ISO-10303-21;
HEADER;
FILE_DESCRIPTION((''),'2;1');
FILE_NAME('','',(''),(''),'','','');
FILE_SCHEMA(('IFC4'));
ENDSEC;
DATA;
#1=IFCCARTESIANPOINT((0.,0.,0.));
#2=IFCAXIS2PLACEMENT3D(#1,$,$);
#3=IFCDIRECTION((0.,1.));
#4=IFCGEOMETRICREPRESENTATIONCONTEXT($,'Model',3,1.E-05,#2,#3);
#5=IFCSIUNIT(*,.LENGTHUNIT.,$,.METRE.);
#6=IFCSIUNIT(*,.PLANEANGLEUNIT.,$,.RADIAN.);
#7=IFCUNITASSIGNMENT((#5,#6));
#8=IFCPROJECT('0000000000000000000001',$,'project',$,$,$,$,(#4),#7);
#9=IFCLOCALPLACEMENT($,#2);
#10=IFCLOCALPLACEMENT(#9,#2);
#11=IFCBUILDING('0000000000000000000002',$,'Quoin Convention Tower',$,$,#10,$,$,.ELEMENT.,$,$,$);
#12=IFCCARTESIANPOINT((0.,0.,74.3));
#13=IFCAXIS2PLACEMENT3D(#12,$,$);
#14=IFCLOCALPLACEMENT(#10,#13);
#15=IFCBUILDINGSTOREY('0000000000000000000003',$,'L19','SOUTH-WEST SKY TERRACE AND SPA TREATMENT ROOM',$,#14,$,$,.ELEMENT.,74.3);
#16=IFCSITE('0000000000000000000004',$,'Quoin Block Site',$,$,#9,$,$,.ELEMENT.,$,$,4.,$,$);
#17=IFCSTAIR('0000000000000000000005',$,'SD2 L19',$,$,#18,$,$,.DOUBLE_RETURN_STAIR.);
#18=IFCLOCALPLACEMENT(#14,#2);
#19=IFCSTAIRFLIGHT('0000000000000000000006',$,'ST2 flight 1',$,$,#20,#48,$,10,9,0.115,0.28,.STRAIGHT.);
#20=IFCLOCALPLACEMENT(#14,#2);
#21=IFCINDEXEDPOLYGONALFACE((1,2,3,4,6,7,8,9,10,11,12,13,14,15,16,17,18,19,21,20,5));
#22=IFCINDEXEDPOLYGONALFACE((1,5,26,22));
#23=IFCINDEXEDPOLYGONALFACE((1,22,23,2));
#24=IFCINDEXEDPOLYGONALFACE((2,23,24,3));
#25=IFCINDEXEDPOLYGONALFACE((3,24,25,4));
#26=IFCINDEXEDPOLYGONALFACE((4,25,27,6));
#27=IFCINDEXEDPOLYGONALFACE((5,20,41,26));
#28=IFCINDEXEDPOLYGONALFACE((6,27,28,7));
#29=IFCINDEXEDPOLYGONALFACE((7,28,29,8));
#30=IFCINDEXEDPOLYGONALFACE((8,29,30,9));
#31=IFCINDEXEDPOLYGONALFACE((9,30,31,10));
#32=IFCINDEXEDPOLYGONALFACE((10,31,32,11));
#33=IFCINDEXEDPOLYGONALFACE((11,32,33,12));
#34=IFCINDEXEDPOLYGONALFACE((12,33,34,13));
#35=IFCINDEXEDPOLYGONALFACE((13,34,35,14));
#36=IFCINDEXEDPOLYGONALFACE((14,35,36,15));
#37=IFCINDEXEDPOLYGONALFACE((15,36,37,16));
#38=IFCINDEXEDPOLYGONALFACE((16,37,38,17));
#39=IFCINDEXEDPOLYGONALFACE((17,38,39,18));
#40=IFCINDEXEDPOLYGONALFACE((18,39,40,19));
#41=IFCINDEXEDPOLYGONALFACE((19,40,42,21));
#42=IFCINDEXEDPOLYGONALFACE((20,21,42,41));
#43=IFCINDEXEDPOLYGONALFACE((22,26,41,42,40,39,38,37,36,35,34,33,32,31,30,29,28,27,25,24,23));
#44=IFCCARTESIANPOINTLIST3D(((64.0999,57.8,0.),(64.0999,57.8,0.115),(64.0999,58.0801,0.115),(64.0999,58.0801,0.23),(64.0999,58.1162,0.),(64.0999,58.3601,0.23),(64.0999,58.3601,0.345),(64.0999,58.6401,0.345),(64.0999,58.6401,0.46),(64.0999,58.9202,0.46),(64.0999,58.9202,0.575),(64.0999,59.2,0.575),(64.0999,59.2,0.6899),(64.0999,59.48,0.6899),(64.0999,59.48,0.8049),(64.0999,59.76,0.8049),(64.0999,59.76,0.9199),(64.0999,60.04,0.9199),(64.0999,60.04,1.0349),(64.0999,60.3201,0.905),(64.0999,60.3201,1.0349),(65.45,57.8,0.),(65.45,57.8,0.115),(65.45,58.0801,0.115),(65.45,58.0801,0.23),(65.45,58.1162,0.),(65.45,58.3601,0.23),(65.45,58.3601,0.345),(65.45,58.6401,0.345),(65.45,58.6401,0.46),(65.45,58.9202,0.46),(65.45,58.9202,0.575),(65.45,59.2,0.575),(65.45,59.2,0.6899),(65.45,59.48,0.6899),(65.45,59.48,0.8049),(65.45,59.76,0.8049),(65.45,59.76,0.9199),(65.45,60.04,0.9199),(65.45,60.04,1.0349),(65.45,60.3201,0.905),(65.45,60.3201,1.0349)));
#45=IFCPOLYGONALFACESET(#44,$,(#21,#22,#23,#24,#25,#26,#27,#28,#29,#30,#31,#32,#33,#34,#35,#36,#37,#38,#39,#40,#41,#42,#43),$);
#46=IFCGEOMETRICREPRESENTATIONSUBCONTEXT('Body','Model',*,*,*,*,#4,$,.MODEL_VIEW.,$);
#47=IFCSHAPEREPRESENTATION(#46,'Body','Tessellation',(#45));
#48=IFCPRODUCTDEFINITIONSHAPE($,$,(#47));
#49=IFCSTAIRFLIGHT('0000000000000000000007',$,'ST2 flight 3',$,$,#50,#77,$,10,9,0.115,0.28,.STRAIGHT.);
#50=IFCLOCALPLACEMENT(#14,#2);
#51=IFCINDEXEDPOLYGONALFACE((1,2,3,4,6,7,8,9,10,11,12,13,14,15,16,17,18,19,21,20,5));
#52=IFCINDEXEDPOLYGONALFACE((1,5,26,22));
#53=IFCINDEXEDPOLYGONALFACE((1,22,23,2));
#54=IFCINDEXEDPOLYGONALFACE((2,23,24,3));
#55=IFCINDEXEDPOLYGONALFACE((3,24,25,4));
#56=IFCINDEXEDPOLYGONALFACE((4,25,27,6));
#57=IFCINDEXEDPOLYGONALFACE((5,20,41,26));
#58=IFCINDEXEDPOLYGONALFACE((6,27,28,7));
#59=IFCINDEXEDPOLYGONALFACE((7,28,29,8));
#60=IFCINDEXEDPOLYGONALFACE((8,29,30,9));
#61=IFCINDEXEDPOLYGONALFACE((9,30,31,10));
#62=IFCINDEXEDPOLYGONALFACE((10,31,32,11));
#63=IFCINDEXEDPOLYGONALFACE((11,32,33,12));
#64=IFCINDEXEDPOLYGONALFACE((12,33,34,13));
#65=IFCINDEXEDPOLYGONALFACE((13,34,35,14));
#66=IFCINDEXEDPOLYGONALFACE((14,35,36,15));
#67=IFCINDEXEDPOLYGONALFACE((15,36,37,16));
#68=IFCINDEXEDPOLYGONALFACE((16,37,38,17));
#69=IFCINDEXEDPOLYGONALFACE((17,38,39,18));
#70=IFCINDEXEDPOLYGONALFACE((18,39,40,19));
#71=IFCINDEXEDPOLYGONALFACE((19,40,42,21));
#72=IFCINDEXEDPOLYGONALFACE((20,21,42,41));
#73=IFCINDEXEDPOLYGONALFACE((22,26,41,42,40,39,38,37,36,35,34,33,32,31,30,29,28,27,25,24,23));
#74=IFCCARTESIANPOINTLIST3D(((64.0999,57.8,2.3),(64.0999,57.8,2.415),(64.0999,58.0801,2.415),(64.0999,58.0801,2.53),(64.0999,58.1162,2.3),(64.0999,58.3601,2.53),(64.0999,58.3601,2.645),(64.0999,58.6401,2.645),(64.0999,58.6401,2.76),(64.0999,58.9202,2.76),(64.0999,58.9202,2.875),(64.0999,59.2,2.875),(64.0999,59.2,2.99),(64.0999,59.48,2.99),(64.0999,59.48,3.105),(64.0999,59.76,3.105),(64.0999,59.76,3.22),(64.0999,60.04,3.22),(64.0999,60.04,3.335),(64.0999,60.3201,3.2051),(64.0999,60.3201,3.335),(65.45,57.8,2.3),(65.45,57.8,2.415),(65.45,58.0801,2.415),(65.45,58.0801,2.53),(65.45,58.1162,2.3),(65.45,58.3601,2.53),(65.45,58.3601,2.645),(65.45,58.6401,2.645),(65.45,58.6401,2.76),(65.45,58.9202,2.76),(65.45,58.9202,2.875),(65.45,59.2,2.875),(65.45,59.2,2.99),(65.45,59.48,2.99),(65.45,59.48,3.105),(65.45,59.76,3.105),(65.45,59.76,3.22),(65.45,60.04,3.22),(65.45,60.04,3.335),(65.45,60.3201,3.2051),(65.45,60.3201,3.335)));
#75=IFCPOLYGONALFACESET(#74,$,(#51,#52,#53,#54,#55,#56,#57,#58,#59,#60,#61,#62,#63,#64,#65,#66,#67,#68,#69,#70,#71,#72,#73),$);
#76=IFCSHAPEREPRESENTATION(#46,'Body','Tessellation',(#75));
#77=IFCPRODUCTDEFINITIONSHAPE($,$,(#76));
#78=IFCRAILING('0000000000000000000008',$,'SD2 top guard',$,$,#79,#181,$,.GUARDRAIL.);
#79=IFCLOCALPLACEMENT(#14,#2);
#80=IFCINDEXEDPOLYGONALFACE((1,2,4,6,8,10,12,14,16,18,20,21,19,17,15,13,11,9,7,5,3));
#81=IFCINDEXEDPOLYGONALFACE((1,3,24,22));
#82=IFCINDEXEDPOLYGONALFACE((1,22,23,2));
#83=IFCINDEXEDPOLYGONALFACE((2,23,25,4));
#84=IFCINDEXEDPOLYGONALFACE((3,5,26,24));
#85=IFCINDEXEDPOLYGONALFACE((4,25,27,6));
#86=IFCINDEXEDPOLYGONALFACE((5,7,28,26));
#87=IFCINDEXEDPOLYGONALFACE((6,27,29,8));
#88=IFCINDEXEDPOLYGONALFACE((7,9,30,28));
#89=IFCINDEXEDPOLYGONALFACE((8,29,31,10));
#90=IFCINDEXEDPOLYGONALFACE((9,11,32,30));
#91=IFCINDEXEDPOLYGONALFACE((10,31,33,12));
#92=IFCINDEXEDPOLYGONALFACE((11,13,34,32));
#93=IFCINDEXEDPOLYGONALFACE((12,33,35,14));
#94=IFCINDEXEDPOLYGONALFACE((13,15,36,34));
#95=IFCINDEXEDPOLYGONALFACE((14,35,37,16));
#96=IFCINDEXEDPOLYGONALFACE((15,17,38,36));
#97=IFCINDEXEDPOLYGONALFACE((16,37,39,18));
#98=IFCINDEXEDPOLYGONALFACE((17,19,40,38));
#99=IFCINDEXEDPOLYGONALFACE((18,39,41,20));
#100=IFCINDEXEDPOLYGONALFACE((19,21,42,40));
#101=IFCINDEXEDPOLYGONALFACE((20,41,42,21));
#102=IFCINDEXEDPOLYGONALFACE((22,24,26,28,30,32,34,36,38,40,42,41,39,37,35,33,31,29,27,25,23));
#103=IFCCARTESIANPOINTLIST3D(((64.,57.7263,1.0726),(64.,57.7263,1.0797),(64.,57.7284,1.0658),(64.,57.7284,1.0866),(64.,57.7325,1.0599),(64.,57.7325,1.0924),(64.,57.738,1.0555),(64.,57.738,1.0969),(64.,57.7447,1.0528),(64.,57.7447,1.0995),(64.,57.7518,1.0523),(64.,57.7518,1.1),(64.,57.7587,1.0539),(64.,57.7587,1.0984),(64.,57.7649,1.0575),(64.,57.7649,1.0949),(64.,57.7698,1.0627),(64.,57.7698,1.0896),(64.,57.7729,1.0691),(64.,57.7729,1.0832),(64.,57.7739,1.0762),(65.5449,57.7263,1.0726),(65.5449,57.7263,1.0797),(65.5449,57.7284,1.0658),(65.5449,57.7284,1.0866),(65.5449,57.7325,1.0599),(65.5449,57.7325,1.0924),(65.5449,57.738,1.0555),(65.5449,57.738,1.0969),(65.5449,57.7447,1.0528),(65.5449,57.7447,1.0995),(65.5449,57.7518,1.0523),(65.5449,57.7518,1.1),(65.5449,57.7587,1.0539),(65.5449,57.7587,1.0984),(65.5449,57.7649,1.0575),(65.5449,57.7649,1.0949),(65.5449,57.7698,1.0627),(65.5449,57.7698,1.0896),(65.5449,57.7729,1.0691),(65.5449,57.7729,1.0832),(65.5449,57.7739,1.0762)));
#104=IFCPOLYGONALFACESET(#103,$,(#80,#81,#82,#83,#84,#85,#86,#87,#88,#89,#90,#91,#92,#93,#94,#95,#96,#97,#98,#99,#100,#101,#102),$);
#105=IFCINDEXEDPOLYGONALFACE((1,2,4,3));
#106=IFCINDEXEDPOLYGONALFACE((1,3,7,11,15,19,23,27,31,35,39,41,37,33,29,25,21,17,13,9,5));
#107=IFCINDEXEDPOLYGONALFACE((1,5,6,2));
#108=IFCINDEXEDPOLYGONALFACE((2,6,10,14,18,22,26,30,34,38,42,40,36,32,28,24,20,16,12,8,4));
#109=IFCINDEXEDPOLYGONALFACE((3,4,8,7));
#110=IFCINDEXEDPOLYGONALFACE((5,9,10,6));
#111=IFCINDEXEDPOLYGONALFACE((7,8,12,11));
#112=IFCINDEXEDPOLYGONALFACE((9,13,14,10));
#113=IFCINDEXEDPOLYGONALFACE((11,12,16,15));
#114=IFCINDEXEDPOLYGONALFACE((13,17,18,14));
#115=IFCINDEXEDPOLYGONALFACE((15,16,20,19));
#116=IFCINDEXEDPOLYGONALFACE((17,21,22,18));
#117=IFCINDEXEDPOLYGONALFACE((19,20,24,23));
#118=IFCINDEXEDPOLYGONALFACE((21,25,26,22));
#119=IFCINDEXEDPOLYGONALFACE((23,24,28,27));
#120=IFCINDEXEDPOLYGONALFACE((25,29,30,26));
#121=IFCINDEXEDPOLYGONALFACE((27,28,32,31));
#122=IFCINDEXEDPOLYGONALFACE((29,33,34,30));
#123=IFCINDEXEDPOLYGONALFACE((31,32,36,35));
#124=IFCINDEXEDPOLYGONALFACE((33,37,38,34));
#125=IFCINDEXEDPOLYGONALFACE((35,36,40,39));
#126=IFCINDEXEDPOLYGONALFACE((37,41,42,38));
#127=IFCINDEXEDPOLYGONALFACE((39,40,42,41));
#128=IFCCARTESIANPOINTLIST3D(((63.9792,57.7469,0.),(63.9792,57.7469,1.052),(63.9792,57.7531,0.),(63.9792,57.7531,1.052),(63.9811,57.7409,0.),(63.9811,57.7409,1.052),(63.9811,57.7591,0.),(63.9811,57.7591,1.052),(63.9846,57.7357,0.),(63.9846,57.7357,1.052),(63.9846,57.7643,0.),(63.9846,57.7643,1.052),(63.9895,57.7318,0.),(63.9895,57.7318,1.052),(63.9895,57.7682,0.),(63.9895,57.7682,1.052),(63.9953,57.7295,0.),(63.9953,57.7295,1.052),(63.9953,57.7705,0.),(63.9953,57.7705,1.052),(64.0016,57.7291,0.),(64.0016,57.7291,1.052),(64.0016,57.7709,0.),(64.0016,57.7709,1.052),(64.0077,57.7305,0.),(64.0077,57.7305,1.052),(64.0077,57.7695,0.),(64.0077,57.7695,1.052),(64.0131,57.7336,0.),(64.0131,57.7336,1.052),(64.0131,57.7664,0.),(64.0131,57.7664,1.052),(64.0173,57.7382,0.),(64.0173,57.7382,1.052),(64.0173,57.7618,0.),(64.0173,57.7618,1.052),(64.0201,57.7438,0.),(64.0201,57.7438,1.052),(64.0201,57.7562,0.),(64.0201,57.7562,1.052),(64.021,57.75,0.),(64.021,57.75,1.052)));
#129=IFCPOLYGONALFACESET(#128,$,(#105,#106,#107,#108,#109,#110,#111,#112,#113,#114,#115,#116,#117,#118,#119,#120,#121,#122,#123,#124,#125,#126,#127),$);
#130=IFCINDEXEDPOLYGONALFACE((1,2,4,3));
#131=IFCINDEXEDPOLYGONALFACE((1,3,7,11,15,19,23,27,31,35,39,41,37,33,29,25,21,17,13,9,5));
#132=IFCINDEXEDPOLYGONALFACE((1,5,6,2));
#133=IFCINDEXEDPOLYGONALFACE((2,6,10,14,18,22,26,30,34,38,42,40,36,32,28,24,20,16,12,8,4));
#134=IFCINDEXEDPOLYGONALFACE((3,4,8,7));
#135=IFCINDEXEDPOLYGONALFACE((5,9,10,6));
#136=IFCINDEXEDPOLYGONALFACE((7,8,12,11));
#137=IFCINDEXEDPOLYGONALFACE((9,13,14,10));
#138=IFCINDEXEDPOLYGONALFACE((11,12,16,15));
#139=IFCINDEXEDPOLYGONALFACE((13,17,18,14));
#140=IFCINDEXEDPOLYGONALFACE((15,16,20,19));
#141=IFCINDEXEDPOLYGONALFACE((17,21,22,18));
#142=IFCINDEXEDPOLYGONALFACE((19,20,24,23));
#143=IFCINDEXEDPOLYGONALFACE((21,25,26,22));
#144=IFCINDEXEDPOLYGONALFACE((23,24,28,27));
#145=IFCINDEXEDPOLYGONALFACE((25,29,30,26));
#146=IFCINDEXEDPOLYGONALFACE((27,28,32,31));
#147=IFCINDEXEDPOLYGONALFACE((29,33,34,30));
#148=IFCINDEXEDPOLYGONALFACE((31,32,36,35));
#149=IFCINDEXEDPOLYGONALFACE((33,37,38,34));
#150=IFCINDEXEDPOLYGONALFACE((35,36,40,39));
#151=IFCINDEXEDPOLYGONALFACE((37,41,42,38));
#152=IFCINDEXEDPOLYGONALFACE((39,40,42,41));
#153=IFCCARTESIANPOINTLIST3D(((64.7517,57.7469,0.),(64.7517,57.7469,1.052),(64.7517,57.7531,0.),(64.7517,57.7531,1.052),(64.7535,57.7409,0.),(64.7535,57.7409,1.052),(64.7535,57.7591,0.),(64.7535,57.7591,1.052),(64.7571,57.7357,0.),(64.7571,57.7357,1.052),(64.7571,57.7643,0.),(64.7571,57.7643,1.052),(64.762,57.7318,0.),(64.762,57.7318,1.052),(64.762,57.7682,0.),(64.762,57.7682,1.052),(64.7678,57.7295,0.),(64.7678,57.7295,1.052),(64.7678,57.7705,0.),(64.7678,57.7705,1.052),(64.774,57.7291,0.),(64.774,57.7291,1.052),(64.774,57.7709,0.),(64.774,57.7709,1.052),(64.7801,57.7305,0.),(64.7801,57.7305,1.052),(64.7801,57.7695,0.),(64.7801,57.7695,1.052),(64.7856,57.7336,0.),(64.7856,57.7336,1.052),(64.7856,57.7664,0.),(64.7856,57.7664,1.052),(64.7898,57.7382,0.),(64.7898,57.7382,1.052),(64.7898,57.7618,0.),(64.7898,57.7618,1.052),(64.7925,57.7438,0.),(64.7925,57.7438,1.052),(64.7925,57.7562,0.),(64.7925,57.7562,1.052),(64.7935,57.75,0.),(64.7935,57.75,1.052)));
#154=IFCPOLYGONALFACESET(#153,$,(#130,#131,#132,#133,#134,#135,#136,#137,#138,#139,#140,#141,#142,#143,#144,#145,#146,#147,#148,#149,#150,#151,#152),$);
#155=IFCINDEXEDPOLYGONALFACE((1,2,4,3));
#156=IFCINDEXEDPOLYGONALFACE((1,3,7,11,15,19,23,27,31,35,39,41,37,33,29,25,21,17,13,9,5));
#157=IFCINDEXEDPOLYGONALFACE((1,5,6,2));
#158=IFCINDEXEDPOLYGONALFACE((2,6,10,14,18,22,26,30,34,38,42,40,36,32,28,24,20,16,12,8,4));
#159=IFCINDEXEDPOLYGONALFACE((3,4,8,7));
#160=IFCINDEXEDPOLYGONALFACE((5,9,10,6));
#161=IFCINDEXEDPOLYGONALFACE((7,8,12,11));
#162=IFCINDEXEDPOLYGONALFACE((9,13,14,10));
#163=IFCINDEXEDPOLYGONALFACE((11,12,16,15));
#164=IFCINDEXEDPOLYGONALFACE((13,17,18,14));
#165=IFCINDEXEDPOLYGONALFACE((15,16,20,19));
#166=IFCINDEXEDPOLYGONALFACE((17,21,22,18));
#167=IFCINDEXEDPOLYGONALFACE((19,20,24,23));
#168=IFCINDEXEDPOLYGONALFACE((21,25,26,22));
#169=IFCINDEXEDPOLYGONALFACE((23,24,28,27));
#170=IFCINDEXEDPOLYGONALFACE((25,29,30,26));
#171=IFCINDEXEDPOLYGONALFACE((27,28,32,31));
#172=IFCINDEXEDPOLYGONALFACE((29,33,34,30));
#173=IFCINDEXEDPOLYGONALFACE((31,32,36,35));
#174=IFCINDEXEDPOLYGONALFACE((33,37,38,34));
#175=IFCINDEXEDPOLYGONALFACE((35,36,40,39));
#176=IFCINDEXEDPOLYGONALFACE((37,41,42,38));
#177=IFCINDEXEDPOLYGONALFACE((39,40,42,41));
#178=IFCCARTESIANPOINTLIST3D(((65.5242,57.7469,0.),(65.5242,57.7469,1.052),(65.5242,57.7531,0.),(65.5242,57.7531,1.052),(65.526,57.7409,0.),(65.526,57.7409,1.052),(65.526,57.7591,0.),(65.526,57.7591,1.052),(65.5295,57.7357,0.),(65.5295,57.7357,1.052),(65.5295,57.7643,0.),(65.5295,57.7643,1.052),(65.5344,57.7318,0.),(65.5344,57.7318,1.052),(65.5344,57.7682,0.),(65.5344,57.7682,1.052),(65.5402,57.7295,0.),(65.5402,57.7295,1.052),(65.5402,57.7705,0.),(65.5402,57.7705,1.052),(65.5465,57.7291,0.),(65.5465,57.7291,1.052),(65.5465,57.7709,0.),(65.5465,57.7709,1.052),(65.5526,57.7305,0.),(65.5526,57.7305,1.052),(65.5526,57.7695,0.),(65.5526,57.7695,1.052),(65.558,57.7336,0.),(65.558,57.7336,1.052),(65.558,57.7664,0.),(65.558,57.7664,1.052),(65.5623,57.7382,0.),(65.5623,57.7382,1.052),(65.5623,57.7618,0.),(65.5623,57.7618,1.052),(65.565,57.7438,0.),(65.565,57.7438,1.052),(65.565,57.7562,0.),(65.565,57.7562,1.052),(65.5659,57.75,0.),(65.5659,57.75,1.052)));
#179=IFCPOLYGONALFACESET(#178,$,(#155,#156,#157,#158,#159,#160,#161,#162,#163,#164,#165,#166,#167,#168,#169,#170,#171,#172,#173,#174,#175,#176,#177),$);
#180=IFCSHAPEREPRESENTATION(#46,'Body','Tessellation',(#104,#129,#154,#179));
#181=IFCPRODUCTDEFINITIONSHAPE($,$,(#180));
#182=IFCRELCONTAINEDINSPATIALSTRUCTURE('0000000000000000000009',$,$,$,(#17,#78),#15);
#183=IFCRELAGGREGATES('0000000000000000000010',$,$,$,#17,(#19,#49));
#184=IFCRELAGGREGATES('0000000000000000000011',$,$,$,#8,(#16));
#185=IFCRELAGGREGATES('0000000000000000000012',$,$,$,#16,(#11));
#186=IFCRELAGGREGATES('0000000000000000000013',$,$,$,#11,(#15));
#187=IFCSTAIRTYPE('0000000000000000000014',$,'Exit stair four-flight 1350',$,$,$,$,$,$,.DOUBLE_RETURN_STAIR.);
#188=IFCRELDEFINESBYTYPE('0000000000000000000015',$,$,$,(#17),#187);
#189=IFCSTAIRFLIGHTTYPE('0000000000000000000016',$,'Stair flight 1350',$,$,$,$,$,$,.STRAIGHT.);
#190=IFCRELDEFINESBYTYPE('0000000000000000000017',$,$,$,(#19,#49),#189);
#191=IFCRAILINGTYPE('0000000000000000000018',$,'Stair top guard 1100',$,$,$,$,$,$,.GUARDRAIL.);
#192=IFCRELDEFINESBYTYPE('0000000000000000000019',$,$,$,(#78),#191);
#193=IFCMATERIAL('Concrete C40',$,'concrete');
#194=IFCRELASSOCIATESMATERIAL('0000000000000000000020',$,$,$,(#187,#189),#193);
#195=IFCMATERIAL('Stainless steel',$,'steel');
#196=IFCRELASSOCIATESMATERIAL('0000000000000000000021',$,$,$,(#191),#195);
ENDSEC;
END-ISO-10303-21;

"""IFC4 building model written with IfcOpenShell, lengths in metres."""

from ifc_helpers import new_model, si_unit, direction, frame, origin, origin_2d, place, context, subcontext, project, spatial, polyline, circle, outline, extrude, material, type_object, element, aggregate, save


model = new_model("IFC4")

# Units and contexts
model_context = context("Model", 3, precision=1e-05, world=origin(), true_north=direction((0.0, 1.0)))
body_context = subcontext(model_context, "Body", "Model", "MODEL_VIEW")
ifc_project = project(units=[si_unit("LENGTHUNIT", "METRE"), si_unit("PLANEANGLEUNIT", "RADIAN")], contexts=[model_context])

# Site, building, storey
site_placement = place(None, origin())
site = spatial("IfcSite", under=ifc_project, at=site_placement, Name="Quoin Block Site", CompositionType="ELEMENT", RefElevation=4.0)
building_placement = place(site_placement, origin())
building = spatial("IfcBuilding", under=site, at=building_placement, Name="Quoin Convention Tower", CompositionType="ELEMENT")
storey_placement = place(building_placement, frame((0.0, 0.0, 74.3)))
storey = spatial("IfcBuildingStorey", under=building, at=storey_placement, Name="L19", Description="SOUTH-WEST SKY TERRACE AND SPA TREATMENT ROOM", CompositionType="ELEMENT", Elevation=74.3)

# Stair, stair flights
ifc_material_1 = material(Name="Concrete C40", Category="concrete")
stair_type = type_object("IfcStairType", Name="Exit stair four-flight 1350", PredefinedType="DOUBLE_RETURN_STAIR", material=ifc_material_1)
stair_placement = place(storey_placement, origin())
stair = element("IfcStair", 1, at=stair_placement, inside=storey, type_object=stair_type, Name="SD2 L19", PredefinedType="DOUBLE_RETURN_STAIR")
stair_flight_type = type_object("IfcStairFlightType", Name="Stair flight 1350", PredefinedType="STRAIGHT", material=ifc_material_1)
stair_flight_1_placement = place(storey_placement, frame((64.7749, 57.8, 0.0), z_axis=(0.0, 0.0, 1.0), x_axis=(0.0, 1.0, 0.0)))
stair_flight_1 = element("IfcStairFlight", 2, at=stair_flight_1_placement, type_object=stair_flight_type, Name="ST2 flight 1", NumberOfRisers=10, NumberOfTreads=9, PredefinedType="STRAIGHT", RiserHeight=0.115, TreadLength=0.28, context=body_context, shape_type="SweptSolid", body=[
    extrude(outline(polyline([(0.0, 0.0), (0.0, 0.115), (0.28, 0.115), (0.28, 0.23), (0.5601, 0.23), (0.5601, 0.345), (0.8401, 0.345), (0.8401, 0.46), (1.1201, 0.46), (1.1201, 0.575), (1.3999, 0.575), (1.3999, 0.6899), (1.6799, 0.6899), (1.6799, 0.8049), (1.96, 0.8049), (1.96, 0.9199), (2.24, 0.9199), (2.24, 1.0349), (2.52, 1.0349), (2.52, 1.1499), (2.52, 0.905), (0.3162, 0.0), (0.0, 0.0)])), frame((0.0, 0.675, 0.0), z_axis=(0.0, -1.0, 0.0), x_axis=(1.0, 0.0, 0.0)), (0.0, 0.0, 1.0), 1.3501),
])
stair_flight_2_placement = place(storey_placement, frame((64.7749, 57.8, 2.3), z_axis=(0.0, 0.0, 1.0), x_axis=(0.0, 1.0, 0.0)))
stair_flight_2 = element("IfcStairFlight", 3, at=stair_flight_2_placement, type_object=stair_flight_type, Name="ST2 flight 3", NumberOfRisers=10, NumberOfTreads=9, PredefinedType="STRAIGHT", RiserHeight=0.115, TreadLength=0.28, context=body_context, shape_type="SweptSolid", body=[
    extrude(outline(polyline([(0.0, 0.0), (0.0, 0.115), (0.28, 0.115), (0.28, 0.23), (0.5601, 0.23), (0.5601, 0.345), (0.8401, 0.345), (0.8401, 0.46), (1.1201, 0.46), (1.1201, 0.575), (1.3999, 0.575), (1.3999, 0.6899), (1.6799, 0.6899), (1.6799, 0.8049), (1.96, 0.8049), (1.96, 0.9199), (2.24, 0.9199), (2.24, 1.0349), (2.52, 1.0349), (2.52, 1.1499), (2.52, 0.905), (0.3162, 0.0), (0.0, 0.0)])), frame((0.0, 0.675, 0.0), z_axis=(0.0, -1.0, 0.0), x_axis=(1.0, 0.0, 0.0)), (0.0, 0.0, 1.0), 1.3501),
])
aggregate(stair, [stair_flight_1, stair_flight_2])

# Railing
ifc_material_2 = material(Name="Stainless steel", Category="steel")
railing_type_1 = type_object("IfcRailingType", Name="Stair top guard 1100", PredefinedType="GUARDRAIL", material=ifc_material_2)
railing_1_placement = place(storey_placement, frame((64.0, 57.75, 0.0)))
element("IfcRailing", 4, at=railing_1_placement, inside=storey, type_object=railing_type_1, Name="SD2 top guard", PredefinedType="GUARDRAIL", context=body_context, shape_type="SweptSolid", body=[
    extrude(circle(Radius=0.0239, at=origin_2d()), frame((0.0, 0.0, 1.0762), z_axis=(1.0, 0.0, 0.0), x_axis=(0.0, 1.0, 0.0)), (0.0, 0.0, 1.0), 1.5449),
    extrude(circle(Radius=0.021, at=origin_2d()), origin(), (0.0, 0.0, 1.0), 1.052),
    extrude(circle(Radius=0.021, at=origin_2d()), frame((0.7725, 0.0, 0.0)), (0.0, 0.0, 1.0), 1.052),
    extrude(circle(Radius=0.021, at=origin_2d()), frame((1.5449, 0.0, 0.0)), (0.0, 0.0, 1.0), 1.052),
])

save(model, "model.ifc")
